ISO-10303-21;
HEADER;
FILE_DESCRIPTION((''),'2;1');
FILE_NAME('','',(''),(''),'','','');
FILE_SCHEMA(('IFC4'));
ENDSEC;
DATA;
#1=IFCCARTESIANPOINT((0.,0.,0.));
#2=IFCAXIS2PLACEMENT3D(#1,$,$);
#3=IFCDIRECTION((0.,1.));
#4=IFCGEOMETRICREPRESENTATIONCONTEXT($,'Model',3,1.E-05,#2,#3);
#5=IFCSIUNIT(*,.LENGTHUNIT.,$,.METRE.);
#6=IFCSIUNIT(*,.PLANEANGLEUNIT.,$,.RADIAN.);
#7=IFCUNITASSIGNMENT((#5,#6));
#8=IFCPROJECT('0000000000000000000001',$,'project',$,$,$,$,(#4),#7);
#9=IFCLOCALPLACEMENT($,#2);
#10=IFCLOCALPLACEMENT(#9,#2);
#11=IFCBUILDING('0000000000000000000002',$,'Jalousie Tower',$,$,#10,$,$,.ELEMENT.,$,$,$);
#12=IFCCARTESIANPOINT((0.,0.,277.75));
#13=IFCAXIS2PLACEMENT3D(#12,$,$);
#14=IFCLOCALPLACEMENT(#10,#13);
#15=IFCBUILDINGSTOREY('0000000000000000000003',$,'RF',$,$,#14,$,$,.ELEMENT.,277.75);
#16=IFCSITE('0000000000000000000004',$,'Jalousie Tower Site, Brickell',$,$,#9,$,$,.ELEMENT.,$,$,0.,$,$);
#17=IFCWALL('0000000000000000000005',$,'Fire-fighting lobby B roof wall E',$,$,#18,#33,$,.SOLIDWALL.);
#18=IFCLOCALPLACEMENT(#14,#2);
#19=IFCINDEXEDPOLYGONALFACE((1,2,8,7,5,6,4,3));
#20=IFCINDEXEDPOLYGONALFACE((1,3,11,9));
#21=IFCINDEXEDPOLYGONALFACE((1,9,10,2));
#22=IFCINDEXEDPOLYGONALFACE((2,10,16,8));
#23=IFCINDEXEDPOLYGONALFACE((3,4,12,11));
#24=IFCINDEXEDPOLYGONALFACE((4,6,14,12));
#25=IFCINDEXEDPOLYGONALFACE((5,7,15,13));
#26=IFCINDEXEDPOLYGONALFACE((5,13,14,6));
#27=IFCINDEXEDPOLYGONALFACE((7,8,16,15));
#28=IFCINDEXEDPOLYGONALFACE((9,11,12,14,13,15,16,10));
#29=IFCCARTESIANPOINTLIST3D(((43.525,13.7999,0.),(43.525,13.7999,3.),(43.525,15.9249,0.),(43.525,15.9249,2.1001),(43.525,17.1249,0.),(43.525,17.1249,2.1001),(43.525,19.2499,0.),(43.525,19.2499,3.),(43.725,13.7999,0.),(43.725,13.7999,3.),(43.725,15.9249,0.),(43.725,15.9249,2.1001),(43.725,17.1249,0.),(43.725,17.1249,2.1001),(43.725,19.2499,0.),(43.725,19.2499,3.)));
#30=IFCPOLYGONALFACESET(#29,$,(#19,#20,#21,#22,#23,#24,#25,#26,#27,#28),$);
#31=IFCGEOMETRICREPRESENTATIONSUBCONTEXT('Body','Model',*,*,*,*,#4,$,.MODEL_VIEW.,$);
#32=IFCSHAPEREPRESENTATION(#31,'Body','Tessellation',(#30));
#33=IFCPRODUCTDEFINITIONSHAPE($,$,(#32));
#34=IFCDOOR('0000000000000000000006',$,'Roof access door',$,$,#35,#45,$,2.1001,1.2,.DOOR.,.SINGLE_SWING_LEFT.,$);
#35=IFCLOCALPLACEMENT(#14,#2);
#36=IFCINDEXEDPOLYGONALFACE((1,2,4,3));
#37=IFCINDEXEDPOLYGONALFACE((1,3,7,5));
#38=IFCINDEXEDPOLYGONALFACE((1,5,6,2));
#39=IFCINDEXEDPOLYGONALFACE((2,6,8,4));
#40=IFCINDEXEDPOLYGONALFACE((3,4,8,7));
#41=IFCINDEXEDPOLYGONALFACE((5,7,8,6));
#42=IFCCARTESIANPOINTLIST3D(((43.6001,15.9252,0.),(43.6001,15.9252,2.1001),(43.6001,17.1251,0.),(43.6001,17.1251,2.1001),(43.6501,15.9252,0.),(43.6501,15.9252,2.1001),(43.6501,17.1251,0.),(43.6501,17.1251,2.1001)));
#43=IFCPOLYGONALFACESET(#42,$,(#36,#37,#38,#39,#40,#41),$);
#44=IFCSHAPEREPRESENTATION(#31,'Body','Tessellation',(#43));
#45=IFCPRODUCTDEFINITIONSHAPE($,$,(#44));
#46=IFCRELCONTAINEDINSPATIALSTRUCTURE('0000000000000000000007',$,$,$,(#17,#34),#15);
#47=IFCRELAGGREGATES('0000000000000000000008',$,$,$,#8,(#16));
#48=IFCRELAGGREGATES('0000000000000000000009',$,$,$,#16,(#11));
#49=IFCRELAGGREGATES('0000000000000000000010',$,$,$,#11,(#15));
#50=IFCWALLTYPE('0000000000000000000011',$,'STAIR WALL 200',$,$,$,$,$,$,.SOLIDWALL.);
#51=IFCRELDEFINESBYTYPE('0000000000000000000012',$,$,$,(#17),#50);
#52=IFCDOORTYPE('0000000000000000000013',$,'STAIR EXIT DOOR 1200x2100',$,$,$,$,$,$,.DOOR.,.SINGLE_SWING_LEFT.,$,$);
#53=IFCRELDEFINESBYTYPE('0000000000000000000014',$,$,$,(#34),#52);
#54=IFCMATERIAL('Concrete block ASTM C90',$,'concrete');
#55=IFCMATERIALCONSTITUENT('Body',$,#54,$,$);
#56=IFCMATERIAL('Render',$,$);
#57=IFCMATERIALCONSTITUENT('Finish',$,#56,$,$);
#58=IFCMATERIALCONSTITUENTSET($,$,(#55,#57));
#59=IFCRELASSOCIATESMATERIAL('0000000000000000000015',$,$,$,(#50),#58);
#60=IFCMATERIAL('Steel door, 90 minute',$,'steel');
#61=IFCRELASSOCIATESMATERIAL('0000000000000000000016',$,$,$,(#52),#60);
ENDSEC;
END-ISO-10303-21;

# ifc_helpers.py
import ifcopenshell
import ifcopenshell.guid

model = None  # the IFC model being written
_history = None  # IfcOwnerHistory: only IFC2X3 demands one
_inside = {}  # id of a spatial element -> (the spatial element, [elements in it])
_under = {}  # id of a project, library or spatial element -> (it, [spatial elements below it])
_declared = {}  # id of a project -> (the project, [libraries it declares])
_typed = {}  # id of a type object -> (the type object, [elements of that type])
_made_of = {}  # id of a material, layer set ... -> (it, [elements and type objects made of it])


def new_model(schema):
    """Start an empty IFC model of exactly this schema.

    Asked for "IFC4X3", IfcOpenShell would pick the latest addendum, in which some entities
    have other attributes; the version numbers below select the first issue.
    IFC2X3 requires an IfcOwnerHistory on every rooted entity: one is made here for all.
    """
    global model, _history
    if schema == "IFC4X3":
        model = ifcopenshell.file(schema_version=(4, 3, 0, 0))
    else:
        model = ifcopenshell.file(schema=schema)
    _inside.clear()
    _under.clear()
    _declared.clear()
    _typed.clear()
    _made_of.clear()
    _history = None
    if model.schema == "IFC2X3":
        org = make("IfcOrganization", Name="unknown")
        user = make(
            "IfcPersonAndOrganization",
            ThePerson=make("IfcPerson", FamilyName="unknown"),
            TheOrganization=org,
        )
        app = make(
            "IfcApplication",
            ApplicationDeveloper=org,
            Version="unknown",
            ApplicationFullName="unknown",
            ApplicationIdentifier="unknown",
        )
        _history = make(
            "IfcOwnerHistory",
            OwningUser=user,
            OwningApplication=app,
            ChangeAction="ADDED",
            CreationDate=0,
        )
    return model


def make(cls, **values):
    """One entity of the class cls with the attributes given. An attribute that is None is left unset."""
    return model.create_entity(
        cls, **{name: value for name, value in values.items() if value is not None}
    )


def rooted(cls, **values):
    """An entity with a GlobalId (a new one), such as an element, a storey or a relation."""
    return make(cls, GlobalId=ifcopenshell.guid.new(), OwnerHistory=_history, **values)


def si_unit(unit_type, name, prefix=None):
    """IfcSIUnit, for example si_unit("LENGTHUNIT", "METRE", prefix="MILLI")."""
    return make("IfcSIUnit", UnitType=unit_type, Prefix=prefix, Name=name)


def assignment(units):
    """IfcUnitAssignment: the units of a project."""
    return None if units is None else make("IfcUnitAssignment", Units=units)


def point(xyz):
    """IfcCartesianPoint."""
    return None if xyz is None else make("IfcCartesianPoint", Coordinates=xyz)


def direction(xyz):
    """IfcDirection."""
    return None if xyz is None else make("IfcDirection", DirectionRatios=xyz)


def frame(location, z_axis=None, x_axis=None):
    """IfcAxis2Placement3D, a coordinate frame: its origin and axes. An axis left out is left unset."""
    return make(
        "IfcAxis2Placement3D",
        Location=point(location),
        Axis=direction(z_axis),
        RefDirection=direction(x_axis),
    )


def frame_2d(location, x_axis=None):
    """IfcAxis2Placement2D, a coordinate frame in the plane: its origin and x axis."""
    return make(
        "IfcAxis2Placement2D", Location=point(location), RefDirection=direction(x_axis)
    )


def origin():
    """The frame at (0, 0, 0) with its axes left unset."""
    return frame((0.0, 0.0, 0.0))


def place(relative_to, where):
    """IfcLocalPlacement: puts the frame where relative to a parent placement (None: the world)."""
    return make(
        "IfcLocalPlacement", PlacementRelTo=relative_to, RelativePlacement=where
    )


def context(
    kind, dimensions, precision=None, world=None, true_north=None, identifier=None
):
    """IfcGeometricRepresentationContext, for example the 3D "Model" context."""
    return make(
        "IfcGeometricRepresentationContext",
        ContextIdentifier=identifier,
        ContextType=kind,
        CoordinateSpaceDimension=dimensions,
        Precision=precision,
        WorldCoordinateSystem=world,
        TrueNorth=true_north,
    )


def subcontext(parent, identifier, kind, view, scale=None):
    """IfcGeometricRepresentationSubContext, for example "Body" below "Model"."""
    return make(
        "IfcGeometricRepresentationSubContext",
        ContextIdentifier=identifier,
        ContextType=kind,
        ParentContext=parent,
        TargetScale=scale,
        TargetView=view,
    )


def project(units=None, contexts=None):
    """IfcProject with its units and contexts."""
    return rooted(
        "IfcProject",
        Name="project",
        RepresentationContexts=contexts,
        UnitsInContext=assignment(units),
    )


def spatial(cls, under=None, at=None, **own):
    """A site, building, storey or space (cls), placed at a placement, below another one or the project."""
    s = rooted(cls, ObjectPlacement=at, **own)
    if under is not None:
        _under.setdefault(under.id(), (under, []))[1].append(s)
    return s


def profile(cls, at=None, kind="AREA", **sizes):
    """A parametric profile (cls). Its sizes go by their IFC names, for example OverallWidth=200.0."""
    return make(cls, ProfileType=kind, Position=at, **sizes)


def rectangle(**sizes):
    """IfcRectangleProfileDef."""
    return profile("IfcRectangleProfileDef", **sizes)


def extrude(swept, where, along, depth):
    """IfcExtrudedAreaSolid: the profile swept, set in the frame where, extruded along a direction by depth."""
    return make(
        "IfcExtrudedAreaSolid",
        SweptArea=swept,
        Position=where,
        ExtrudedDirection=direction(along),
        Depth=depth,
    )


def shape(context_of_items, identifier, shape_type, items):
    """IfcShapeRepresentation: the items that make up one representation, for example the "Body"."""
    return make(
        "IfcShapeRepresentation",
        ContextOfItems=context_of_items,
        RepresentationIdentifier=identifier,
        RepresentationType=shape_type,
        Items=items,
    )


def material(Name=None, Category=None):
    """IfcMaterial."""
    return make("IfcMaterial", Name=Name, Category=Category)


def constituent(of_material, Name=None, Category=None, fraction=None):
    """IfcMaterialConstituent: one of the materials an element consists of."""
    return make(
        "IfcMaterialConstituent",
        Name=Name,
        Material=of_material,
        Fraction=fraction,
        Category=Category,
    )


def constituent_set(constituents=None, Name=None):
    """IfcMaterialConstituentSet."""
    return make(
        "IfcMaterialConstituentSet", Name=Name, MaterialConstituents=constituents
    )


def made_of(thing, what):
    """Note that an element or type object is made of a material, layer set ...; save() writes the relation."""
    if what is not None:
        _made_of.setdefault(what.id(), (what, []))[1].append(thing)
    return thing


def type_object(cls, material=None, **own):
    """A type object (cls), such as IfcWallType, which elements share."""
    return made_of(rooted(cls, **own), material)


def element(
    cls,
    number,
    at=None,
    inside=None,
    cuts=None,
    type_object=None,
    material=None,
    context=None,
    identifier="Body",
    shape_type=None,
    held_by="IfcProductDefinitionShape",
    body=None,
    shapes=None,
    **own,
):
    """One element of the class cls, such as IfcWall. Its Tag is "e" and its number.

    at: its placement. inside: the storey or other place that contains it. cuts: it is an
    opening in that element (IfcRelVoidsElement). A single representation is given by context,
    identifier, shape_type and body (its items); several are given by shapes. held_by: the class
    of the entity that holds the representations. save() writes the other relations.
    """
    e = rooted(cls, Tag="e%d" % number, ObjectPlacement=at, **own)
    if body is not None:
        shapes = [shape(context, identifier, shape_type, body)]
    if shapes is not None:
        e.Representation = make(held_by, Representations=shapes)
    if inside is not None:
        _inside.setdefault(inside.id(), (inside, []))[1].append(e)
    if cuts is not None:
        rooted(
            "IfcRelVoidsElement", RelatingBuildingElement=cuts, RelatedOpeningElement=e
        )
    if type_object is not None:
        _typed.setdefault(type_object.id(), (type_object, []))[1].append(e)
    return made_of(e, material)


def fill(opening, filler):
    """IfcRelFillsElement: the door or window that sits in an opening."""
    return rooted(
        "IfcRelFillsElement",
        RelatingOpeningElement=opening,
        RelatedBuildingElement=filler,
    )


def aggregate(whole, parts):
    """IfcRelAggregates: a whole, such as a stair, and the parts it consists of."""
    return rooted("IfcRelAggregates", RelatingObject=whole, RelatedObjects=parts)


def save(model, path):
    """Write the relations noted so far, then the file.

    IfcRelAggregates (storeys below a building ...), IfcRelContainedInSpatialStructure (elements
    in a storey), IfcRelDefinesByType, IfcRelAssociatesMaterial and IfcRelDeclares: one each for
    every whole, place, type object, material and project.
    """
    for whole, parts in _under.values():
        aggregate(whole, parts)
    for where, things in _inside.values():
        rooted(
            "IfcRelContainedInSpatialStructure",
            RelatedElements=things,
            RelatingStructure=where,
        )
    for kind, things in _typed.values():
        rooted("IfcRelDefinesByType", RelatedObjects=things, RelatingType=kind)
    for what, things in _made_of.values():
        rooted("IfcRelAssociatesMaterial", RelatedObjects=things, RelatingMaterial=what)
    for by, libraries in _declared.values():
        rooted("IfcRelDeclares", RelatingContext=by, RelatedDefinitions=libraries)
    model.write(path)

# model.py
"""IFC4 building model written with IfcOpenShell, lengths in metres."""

from ifc_helpers import new_model, si_unit, direction, frame, frame_2d, origin, place, context, subcontext, project, spatial, rectangle, extrude, material, constituent, constituent_set, type_object, element, fill, save


model = new_model("IFC4")

# Units and contexts
model_context = context("Model", 3, precision=1e-05, world=origin(), true_north=direction((0.0, 1.0)))
body_context = subcontext(model_context, "Body", "Model", "MODEL_VIEW")
ifc_project = project(units=[si_unit("LENGTHUNIT", "METRE"), si_unit("PLANEANGLEUNIT", "RADIAN")], contexts=[model_context])

# Site, building, storey
site_placement = place(None, origin())
site = spatial("IfcSite", under=ifc_project, at=site_placement, Name="Jalousie Tower Site, Brickell", CompositionType="ELEMENT", RefElevation=0.0)
building_placement = place(site_placement, origin())
building = spatial("IfcBuilding", under=site, at=building_placement, Name="Jalousie Tower", CompositionType="ELEMENT")
storey_placement = place(building_placement, frame((0.0, 0.0, 277.75)))
storey = spatial("IfcBuildingStorey", under=building, at=storey_placement, Name="RF", CompositionType="ELEMENT", Elevation=277.75)

# Shared definitions
ifc_material_1 = material(Name="Concrete block ASTM C90", Category="concrete")
ifc_constituent_1 = constituent(ifc_material_1, Name="Body")
ifc_material_2 = material(Name="Render")
ifc_constituent_2 = constituent(ifc_material_2, Name="Finish")
ifc_constituent_set = constituent_set(constituents=[ifc_constituent_1, ifc_constituent_2])
wall_type_1 = type_object("IfcWallType", Name="STAIR WALL 200", PredefinedType="SOLIDWALL", material=ifc_constituent_set)
ifc_material_3 = material(Name="Steel door, 90 minute", Category="steel")
door_type = type_object("IfcDoorType", Name="STAIR EXIT DOOR 1200x2100", OperationType="SINGLE_SWING_LEFT", PredefinedType="DOOR", material=ifc_material_3)

# Wall, opening, door
wall_1_placement = place(storey_placement, frame((43.625, 19.25, 0.0), z_axis=(0.0, 0.0, 1.0), x_axis=(0.0, -1.0, 0.0)))
wall_1 = element("IfcWall", 1, at=wall_1_placement, inside=storey, type_object=wall_type_1, Name="Fire-fighting lobby B roof wall E", PredefinedType="SOLIDWALL", context=body_context, shape_type="SweptSolid", body=[
    extrude(rectangle(XDim=5.45, YDim=0.2, at=frame_2d((2.7251, 0.0))), origin(), (0.0, 0.0, 1.0), 3.0),
])
opening_1_placement = place(wall_1_placement, frame((2.125, 0.0, 0.0)))
opening_1 = element("IfcOpeningElement", 2, at=opening_1_placement, cuts=wall_1, PredefinedType="OPENING", context=body_context, shape_type="SweptSolid", body=[
    extrude(rectangle(XDim=1.2, YDim=2.1001, at=frame_2d((0.6001, 1.05))), frame((0.0, 0.1099, 0.0), z_axis=(0.0, -1.0, 0.0), x_axis=(1.0, 0.0, 0.0)), (0.0, 0.0, 1.0), 0.22),
])
door_1_placement = place(opening_1_placement, frame((1.2, 0.0, 0.0), z_axis=(0.0, 0.0, 1.0), x_axis=(-1.0, 0.0, 0.0)))
door_1 = element("IfcDoor", 3, at=door_1_placement, inside=storey, type_object=door_type, Name="Roof access door", OperationType="SINGLE_SWING_LEFT", OverallHeight=2.1001, OverallWidth=1.2, PredefinedType="DOOR", context=body_context, shape_type="SweptSolid", body=[
    extrude(rectangle(XDim=1.2, YDim=2.1001, at=frame_2d((0.6001, 1.05))), frame((0.0, 0.0249, 0.0), z_axis=(0.0, -1.0, 0.0), x_axis=(1.0, 0.0, 0.0)), (0.0, 0.0, 1.0), 0.05),
])
fill(opening_1, door_1)

save(model, "model.ifc")
